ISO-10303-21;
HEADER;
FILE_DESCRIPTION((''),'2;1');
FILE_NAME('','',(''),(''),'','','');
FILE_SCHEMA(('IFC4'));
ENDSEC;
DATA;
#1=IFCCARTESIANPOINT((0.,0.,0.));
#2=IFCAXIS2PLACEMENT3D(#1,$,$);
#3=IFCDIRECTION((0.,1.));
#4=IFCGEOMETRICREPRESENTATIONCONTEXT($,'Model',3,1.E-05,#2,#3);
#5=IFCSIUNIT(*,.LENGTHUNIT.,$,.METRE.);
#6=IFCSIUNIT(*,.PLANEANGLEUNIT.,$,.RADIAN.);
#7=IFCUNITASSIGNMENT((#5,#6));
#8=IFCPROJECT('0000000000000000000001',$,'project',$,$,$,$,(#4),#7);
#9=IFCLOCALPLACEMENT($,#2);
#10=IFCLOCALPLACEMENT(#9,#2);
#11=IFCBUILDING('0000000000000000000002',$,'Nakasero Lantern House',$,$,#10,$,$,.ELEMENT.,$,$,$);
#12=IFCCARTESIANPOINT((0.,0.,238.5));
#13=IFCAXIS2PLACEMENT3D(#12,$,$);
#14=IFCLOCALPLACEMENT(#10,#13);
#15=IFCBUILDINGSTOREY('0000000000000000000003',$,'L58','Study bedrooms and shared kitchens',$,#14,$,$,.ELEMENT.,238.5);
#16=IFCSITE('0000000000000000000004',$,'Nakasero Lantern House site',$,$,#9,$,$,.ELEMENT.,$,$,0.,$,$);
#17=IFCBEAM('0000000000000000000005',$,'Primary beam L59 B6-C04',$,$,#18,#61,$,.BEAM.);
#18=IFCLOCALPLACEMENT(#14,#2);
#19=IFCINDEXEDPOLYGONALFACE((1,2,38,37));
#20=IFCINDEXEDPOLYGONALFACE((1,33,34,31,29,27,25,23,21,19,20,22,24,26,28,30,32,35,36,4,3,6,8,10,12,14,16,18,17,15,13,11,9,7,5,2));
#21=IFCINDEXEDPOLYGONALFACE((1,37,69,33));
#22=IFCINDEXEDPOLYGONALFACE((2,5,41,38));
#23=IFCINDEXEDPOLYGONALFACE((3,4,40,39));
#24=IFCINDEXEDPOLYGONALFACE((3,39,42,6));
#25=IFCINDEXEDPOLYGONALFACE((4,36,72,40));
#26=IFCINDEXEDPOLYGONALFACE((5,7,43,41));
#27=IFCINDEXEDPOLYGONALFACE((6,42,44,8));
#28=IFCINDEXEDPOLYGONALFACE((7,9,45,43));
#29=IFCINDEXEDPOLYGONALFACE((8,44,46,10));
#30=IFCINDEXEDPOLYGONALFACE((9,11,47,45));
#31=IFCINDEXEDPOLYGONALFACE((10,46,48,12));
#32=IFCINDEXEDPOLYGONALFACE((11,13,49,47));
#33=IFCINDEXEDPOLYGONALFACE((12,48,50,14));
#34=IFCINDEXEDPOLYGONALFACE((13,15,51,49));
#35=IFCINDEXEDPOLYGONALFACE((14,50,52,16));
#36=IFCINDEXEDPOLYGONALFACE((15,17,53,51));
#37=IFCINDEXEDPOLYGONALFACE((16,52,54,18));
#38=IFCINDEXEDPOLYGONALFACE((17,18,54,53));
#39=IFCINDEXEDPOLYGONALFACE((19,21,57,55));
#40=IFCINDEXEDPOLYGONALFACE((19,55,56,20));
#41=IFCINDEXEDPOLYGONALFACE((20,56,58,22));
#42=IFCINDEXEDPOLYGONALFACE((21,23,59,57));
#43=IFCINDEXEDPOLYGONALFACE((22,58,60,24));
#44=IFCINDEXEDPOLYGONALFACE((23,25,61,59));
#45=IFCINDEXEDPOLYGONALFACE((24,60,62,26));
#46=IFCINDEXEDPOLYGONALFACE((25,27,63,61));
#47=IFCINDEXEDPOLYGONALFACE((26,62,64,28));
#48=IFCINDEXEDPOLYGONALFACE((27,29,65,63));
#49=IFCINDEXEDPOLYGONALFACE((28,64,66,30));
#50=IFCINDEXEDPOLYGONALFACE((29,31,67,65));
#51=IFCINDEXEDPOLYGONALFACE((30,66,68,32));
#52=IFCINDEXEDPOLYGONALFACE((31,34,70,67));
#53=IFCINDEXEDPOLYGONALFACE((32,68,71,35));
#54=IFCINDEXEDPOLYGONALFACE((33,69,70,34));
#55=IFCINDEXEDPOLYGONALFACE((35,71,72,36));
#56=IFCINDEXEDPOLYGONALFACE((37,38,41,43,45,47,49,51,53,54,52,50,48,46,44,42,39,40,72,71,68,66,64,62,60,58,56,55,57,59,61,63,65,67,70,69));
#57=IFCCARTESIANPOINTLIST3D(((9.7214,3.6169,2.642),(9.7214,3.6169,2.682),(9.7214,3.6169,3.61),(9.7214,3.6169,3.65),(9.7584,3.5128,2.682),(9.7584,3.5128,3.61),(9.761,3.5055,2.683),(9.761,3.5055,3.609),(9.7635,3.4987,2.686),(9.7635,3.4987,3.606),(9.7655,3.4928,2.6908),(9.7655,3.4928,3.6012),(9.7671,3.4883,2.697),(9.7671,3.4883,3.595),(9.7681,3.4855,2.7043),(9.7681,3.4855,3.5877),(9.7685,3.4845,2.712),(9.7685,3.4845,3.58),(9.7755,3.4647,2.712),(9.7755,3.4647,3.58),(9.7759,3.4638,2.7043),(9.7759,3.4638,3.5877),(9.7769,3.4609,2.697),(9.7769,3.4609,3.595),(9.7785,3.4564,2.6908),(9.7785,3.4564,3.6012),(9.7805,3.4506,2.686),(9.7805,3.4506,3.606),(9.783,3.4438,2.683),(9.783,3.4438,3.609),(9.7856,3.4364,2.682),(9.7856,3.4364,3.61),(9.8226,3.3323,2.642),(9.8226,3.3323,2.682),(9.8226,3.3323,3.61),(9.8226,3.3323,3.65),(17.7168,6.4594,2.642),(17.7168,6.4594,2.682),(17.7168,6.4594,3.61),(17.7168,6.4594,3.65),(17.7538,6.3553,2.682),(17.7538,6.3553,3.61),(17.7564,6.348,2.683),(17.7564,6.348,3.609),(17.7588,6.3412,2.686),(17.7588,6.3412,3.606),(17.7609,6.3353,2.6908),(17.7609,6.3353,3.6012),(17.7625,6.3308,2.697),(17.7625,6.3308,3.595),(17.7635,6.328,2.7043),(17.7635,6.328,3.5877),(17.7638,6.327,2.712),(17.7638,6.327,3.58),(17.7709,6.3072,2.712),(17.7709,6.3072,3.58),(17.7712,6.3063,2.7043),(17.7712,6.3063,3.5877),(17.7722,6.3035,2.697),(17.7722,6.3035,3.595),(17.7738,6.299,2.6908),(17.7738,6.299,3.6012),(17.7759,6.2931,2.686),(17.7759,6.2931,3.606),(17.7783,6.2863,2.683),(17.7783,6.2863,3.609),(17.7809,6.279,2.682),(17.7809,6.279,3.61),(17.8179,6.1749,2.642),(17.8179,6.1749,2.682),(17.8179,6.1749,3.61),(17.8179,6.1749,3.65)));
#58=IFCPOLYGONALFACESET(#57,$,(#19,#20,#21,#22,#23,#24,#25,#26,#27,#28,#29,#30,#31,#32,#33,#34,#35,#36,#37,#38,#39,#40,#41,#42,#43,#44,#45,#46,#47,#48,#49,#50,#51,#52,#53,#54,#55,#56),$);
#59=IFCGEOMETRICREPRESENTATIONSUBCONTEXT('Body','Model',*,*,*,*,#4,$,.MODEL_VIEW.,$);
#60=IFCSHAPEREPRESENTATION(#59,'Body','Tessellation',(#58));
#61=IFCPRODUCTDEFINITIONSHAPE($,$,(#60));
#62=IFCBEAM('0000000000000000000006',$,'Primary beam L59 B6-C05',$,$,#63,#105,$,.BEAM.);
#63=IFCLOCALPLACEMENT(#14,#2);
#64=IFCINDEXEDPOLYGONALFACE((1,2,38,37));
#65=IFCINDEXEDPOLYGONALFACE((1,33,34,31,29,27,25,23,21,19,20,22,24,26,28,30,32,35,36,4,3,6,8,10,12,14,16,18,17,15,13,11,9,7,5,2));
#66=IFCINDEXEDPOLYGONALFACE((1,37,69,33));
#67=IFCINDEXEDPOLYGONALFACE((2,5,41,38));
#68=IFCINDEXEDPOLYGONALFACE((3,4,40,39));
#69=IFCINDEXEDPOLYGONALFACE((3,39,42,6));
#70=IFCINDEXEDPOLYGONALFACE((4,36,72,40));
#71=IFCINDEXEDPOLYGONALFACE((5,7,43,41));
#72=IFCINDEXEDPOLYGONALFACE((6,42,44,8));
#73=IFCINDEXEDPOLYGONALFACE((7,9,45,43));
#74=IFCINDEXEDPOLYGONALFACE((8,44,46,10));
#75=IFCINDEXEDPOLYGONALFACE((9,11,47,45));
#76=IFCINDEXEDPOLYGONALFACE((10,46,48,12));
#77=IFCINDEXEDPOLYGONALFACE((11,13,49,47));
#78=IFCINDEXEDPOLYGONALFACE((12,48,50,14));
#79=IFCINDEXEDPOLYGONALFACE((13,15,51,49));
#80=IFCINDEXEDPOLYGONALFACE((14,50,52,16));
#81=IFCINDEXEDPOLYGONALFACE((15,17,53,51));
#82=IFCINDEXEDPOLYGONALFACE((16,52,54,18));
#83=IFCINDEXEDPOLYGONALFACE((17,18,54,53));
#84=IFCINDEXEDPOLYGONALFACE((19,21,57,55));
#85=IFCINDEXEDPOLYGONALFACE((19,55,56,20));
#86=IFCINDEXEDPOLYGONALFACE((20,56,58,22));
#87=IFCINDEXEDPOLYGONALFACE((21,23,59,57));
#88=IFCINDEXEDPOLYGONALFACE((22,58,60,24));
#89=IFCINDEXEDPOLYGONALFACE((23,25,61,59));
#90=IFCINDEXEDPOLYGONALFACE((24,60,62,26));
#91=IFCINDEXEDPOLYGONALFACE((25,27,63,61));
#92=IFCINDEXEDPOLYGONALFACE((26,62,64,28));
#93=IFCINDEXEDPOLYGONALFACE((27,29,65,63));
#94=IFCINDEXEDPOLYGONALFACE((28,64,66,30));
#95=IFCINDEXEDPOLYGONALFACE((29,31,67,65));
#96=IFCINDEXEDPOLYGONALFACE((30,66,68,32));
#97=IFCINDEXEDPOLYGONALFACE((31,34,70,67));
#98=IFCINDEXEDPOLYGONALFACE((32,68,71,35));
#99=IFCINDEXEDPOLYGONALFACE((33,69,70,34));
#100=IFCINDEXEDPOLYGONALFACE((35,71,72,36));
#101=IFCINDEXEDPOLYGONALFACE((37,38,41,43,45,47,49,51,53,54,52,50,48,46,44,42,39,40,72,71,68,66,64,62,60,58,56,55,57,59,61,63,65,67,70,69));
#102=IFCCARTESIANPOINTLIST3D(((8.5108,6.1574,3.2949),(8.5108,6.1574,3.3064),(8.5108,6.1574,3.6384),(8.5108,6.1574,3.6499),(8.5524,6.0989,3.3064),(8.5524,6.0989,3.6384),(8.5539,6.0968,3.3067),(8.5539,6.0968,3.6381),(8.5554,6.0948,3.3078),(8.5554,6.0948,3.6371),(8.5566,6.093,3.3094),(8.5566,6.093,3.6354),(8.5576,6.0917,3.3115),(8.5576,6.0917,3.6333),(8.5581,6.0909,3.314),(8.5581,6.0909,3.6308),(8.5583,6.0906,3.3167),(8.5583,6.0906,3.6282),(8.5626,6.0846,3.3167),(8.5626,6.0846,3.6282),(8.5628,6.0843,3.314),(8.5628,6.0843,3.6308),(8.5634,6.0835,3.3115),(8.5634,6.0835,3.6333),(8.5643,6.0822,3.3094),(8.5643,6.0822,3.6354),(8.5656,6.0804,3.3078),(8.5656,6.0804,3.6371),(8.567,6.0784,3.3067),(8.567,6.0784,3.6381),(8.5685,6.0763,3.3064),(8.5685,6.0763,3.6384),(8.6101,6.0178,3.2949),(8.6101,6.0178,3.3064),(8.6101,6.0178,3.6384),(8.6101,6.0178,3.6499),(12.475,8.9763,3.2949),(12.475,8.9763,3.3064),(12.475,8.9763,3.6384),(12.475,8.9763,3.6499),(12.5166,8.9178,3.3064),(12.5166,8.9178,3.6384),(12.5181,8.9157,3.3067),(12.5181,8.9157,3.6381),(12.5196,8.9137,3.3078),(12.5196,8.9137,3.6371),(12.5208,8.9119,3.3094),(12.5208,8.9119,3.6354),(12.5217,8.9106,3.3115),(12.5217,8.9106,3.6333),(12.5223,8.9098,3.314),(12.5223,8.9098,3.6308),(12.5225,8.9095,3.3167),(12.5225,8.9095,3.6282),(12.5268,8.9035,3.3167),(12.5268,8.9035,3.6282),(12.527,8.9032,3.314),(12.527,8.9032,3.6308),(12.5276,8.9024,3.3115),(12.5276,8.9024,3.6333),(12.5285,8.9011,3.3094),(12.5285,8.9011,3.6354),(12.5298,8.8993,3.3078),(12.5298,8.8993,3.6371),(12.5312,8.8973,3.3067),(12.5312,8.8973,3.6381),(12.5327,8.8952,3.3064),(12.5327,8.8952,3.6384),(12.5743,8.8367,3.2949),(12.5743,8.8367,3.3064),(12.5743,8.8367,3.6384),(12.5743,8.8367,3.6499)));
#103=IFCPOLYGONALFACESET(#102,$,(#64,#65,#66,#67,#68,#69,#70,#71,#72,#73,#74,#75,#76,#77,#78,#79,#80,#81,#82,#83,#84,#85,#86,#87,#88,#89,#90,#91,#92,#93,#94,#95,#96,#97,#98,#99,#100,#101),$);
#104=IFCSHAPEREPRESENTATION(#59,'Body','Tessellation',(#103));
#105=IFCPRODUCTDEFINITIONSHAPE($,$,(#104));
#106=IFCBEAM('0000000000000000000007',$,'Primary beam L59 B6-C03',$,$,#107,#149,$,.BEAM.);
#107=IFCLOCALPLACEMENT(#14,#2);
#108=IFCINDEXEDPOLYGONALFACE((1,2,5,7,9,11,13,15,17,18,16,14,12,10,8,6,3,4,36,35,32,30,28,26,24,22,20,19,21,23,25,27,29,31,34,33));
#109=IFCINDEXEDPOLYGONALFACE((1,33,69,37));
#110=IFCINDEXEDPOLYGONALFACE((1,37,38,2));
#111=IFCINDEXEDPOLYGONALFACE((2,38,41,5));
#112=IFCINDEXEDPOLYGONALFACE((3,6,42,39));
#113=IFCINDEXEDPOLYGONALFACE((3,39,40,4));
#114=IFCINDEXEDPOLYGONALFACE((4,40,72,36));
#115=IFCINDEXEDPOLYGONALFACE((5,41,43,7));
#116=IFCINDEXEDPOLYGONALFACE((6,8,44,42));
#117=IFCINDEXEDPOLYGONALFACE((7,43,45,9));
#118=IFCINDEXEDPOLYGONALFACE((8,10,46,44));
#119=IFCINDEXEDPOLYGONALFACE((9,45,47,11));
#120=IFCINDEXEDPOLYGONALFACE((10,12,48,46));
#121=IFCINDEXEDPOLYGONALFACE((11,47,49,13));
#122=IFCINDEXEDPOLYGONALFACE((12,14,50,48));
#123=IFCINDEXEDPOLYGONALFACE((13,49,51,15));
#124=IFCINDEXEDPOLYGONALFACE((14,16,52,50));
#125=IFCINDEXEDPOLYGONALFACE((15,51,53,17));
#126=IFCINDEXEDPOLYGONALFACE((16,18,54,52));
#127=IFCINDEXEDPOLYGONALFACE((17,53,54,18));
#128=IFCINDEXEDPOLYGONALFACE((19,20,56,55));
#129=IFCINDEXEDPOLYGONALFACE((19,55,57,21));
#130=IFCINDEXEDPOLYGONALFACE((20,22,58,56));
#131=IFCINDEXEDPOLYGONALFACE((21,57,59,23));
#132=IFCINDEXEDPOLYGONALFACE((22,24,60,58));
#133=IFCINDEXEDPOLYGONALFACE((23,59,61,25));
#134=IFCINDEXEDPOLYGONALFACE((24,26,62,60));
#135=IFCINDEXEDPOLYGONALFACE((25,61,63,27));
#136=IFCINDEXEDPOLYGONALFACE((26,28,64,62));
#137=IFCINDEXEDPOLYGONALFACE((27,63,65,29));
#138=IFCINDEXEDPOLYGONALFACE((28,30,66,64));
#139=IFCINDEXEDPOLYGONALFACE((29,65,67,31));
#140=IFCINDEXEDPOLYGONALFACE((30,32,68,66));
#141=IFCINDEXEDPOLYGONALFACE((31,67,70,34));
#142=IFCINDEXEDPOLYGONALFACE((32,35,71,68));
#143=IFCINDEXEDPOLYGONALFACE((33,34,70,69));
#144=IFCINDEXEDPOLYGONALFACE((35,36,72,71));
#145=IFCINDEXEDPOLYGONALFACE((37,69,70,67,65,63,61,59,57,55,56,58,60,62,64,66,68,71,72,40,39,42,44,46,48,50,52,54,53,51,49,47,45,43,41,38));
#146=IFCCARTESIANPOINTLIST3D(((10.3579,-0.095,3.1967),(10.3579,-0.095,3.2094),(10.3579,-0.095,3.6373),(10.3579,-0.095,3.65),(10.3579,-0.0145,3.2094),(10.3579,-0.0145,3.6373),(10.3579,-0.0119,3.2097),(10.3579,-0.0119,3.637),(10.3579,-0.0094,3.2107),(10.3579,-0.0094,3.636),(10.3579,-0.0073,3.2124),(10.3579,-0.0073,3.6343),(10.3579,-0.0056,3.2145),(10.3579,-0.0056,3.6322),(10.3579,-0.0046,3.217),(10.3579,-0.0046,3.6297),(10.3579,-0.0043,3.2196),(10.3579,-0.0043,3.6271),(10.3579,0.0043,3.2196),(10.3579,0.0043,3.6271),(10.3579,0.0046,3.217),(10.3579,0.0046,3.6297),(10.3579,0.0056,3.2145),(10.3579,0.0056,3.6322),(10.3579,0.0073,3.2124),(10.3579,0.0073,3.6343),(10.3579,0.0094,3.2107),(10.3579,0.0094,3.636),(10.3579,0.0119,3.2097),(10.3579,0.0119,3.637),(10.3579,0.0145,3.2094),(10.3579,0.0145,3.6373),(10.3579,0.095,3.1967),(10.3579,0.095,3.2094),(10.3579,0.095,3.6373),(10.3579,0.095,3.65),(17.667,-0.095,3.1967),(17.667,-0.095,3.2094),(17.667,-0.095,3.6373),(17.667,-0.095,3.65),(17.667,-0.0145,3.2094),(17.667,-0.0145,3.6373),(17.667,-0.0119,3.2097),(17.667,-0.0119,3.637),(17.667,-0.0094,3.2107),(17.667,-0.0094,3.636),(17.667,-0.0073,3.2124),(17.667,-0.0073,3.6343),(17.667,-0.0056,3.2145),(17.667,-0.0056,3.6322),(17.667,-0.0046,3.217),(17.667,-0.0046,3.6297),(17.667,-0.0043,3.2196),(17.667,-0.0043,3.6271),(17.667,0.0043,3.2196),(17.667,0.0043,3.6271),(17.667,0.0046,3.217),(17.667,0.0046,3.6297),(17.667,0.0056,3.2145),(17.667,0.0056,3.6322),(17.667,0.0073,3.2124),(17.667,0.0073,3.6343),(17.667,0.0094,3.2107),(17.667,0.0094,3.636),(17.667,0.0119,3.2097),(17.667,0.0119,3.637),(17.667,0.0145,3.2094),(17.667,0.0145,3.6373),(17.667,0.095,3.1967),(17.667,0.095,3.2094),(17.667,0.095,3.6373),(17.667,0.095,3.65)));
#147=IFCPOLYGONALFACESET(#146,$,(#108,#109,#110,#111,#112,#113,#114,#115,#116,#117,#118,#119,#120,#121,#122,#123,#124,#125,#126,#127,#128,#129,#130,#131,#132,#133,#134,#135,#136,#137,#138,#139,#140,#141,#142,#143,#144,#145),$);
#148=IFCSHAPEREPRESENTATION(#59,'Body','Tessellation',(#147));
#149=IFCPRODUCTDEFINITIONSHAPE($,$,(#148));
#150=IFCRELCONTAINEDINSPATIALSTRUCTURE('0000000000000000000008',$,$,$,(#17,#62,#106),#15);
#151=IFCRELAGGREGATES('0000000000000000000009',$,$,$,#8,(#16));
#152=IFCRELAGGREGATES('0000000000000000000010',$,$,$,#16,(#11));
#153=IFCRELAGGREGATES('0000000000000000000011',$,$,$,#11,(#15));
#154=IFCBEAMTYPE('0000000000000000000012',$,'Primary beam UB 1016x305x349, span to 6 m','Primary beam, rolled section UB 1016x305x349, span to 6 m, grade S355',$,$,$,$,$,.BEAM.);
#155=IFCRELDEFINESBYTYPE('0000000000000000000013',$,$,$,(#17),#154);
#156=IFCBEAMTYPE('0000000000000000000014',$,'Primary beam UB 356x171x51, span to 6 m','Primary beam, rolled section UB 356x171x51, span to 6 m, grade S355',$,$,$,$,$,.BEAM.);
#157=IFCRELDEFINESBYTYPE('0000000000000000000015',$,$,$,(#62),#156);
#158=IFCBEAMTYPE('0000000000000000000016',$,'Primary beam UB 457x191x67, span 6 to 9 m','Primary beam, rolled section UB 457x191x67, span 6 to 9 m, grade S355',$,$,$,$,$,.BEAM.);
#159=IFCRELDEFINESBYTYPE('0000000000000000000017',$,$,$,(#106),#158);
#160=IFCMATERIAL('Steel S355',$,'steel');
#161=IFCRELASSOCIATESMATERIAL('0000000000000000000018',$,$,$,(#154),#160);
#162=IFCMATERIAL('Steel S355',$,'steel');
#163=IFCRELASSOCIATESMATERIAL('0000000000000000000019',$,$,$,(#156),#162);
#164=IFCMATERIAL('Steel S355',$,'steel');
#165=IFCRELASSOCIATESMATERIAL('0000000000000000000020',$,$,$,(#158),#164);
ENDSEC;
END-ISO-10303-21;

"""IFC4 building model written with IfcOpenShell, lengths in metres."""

from ifc_helpers import new_model, si_unit, direction, frame, origin, origin_2d, place, context, subcontext, project, spatial, i_section, extrude, material, material_profile, profile_set, type_object, element, save


model = new_model("IFC4")

# Units and contexts
model_context = context("Model", 3, precision=1e-05, world=origin(), true_north=direction((0.0, 1.0)))
body_context = subcontext(model_context, "Body", "Model", "MODEL_VIEW")
ifc_project = project(units=[si_unit("LENGTHUNIT", "METRE"), si_unit("PLANEANGLEUNIT", "RADIAN")], contexts=[model_context])

# Site, building, storey
site_placement = place(None, origin())
site = spatial("IfcSite", under=ifc_project, at=site_placement, Name="Nakasero Lantern House site", CompositionType="ELEMENT", RefElevation=0.0)
building_placement = place(site_placement, origin())
building = spatial("IfcBuilding", under=site, at=building_placement, Name="Nakasero Lantern House", CompositionType="ELEMENT")
storey_placement = place(building_placement, frame((0.0, 0.0, 238.5)))
storey = spatial("IfcBuildingStorey", under=building, at=storey_placement, Name="L58", Description="Study bedrooms and shared kitchens", CompositionType="ELEMENT", Elevation=238.5)

# Beams
ifc_material_1 = material(Name="Steel S355", Category="steel")
ifc_material_profile_1 = material_profile(ifc_material_1, i_section(OverallWidth=0.302, OverallDepth=1.0081, WebThickness=0.021, FlangeThickness=0.04, FilletRadius=0.03, at=origin_2d()), Name="UB 1016x305x349")
ifc_profile_set_1 = profile_set([ifc_material_profile_1], Name="Steel S355")
beam_type_1 = type_object("IfcBeamType", Name="Primary beam UB 1016x305x349, span to 6 m", Description="Primary beam, rolled section UB 1016x305x349, span to 6 m, grade S355", PredefinedType="BEAM", material=ifc_profile_set_1)
beam_1_placement = place(storey_placement, frame((17.7673, 6.3171, 3.146), z_axis=(-0.942225, -0.334982, 0.0), x_axis=(0.334982, -0.942225, 0.0)))
element("IfcBeam", 1, at=beam_1_placement, inside=storey, type_object=beam_type_1, Name="Primary beam L59 B6-C04", PredefinedType="BEAM", context=body_context, shape_type="SweptSolid", body=[
    extrude(i_section(OverallWidth=0.302, OverallDepth=1.0081, WebThickness=0.021, FlangeThickness=0.04, FilletRadius=0.03, at=origin_2d()), origin(), (0.0, 0.0, 1.0), 8.4856),
])
ifc_material_2 = material(Name="Steel S355", Category="steel")
ifc_material_profile_2 = material_profile(ifc_material_2, i_section(OverallWidth=0.1714, OverallDepth=0.355, WebThickness=0.0073, FlangeThickness=0.0115, FilletRadius=0.0103, at=origin_2d()), Name="UB 356x171x51")
ifc_profile_set_2 = profile_set([ifc_material_profile_2], Name="Steel S355")
beam_type_2 = type_object("IfcBeamType", Name="Primary beam UB 356x171x51, span to 6 m", Description="Primary beam, rolled section UB 356x171x51, span to 6 m, grade S355", PredefinedType="BEAM", material=ifc_profile_set_2)
beam_2_placement = place(storey_placement, frame((12.5247, 8.9065, 3.4724), z_axis=(-0.814963, -0.579513, 0.0), x_axis=(0.579513, -0.814963, 0.0)))
element("IfcBeam", 2, at=beam_2_placement, inside=storey, type_object=beam_type_2, Name="Primary beam L59 B6-C05", PredefinedType="BEAM", context=body_context, shape_type="SweptSolid", body=[
    extrude(i_section(OverallWidth=0.1714, OverallDepth=0.355, WebThickness=0.0073, FlangeThickness=0.0115, FilletRadius=0.0103, at=origin_2d()), origin(), (0.0, 0.0, 1.0), 4.8643),
])
ifc_material_3 = material(Name="Steel S355", Category="steel")
ifc_material_profile_3 = material_profile(ifc_material_3, i_section(OverallWidth=0.1899, OverallDepth=0.4534, WebThickness=0.0085, FlangeThickness=0.0127, FilletRadius=0.0103, at=origin_2d()), Name="UB 457x191x67")
ifc_profile_set_3 = profile_set([ifc_material_profile_3], Name="Steel S355")
beam_type_3 = type_object("IfcBeamType", Name="Primary beam UB 457x191x67, span 6 to 9 m", Description="Primary beam, rolled section UB 457x191x67, span 6 to 9 m, grade S355", PredefinedType="BEAM", material=ifc_profile_set_3)
beam_3_placement = place(storey_placement, frame((17.667, 0.0, 3.4233), z_axis=(-1.0, 0.0, 0.0), x_axis=(0.0, -1.0, 0.0)))
element("IfcBeam", 3, at=beam_3_placement, inside=storey, type_object=beam_type_3, Name="Primary beam L59 B6-C03", PredefinedType="BEAM", context=body_context, shape_type="SweptSolid", body=[
    extrude(i_section(OverallWidth=0.1899, OverallDepth=0.4534, WebThickness=0.0085, FlangeThickness=0.0127, FilletRadius=0.0103, at=origin_2d()), origin(), (0.0, 0.0, 1.0), 7.3091),
])

save(model, "model.ifc")
